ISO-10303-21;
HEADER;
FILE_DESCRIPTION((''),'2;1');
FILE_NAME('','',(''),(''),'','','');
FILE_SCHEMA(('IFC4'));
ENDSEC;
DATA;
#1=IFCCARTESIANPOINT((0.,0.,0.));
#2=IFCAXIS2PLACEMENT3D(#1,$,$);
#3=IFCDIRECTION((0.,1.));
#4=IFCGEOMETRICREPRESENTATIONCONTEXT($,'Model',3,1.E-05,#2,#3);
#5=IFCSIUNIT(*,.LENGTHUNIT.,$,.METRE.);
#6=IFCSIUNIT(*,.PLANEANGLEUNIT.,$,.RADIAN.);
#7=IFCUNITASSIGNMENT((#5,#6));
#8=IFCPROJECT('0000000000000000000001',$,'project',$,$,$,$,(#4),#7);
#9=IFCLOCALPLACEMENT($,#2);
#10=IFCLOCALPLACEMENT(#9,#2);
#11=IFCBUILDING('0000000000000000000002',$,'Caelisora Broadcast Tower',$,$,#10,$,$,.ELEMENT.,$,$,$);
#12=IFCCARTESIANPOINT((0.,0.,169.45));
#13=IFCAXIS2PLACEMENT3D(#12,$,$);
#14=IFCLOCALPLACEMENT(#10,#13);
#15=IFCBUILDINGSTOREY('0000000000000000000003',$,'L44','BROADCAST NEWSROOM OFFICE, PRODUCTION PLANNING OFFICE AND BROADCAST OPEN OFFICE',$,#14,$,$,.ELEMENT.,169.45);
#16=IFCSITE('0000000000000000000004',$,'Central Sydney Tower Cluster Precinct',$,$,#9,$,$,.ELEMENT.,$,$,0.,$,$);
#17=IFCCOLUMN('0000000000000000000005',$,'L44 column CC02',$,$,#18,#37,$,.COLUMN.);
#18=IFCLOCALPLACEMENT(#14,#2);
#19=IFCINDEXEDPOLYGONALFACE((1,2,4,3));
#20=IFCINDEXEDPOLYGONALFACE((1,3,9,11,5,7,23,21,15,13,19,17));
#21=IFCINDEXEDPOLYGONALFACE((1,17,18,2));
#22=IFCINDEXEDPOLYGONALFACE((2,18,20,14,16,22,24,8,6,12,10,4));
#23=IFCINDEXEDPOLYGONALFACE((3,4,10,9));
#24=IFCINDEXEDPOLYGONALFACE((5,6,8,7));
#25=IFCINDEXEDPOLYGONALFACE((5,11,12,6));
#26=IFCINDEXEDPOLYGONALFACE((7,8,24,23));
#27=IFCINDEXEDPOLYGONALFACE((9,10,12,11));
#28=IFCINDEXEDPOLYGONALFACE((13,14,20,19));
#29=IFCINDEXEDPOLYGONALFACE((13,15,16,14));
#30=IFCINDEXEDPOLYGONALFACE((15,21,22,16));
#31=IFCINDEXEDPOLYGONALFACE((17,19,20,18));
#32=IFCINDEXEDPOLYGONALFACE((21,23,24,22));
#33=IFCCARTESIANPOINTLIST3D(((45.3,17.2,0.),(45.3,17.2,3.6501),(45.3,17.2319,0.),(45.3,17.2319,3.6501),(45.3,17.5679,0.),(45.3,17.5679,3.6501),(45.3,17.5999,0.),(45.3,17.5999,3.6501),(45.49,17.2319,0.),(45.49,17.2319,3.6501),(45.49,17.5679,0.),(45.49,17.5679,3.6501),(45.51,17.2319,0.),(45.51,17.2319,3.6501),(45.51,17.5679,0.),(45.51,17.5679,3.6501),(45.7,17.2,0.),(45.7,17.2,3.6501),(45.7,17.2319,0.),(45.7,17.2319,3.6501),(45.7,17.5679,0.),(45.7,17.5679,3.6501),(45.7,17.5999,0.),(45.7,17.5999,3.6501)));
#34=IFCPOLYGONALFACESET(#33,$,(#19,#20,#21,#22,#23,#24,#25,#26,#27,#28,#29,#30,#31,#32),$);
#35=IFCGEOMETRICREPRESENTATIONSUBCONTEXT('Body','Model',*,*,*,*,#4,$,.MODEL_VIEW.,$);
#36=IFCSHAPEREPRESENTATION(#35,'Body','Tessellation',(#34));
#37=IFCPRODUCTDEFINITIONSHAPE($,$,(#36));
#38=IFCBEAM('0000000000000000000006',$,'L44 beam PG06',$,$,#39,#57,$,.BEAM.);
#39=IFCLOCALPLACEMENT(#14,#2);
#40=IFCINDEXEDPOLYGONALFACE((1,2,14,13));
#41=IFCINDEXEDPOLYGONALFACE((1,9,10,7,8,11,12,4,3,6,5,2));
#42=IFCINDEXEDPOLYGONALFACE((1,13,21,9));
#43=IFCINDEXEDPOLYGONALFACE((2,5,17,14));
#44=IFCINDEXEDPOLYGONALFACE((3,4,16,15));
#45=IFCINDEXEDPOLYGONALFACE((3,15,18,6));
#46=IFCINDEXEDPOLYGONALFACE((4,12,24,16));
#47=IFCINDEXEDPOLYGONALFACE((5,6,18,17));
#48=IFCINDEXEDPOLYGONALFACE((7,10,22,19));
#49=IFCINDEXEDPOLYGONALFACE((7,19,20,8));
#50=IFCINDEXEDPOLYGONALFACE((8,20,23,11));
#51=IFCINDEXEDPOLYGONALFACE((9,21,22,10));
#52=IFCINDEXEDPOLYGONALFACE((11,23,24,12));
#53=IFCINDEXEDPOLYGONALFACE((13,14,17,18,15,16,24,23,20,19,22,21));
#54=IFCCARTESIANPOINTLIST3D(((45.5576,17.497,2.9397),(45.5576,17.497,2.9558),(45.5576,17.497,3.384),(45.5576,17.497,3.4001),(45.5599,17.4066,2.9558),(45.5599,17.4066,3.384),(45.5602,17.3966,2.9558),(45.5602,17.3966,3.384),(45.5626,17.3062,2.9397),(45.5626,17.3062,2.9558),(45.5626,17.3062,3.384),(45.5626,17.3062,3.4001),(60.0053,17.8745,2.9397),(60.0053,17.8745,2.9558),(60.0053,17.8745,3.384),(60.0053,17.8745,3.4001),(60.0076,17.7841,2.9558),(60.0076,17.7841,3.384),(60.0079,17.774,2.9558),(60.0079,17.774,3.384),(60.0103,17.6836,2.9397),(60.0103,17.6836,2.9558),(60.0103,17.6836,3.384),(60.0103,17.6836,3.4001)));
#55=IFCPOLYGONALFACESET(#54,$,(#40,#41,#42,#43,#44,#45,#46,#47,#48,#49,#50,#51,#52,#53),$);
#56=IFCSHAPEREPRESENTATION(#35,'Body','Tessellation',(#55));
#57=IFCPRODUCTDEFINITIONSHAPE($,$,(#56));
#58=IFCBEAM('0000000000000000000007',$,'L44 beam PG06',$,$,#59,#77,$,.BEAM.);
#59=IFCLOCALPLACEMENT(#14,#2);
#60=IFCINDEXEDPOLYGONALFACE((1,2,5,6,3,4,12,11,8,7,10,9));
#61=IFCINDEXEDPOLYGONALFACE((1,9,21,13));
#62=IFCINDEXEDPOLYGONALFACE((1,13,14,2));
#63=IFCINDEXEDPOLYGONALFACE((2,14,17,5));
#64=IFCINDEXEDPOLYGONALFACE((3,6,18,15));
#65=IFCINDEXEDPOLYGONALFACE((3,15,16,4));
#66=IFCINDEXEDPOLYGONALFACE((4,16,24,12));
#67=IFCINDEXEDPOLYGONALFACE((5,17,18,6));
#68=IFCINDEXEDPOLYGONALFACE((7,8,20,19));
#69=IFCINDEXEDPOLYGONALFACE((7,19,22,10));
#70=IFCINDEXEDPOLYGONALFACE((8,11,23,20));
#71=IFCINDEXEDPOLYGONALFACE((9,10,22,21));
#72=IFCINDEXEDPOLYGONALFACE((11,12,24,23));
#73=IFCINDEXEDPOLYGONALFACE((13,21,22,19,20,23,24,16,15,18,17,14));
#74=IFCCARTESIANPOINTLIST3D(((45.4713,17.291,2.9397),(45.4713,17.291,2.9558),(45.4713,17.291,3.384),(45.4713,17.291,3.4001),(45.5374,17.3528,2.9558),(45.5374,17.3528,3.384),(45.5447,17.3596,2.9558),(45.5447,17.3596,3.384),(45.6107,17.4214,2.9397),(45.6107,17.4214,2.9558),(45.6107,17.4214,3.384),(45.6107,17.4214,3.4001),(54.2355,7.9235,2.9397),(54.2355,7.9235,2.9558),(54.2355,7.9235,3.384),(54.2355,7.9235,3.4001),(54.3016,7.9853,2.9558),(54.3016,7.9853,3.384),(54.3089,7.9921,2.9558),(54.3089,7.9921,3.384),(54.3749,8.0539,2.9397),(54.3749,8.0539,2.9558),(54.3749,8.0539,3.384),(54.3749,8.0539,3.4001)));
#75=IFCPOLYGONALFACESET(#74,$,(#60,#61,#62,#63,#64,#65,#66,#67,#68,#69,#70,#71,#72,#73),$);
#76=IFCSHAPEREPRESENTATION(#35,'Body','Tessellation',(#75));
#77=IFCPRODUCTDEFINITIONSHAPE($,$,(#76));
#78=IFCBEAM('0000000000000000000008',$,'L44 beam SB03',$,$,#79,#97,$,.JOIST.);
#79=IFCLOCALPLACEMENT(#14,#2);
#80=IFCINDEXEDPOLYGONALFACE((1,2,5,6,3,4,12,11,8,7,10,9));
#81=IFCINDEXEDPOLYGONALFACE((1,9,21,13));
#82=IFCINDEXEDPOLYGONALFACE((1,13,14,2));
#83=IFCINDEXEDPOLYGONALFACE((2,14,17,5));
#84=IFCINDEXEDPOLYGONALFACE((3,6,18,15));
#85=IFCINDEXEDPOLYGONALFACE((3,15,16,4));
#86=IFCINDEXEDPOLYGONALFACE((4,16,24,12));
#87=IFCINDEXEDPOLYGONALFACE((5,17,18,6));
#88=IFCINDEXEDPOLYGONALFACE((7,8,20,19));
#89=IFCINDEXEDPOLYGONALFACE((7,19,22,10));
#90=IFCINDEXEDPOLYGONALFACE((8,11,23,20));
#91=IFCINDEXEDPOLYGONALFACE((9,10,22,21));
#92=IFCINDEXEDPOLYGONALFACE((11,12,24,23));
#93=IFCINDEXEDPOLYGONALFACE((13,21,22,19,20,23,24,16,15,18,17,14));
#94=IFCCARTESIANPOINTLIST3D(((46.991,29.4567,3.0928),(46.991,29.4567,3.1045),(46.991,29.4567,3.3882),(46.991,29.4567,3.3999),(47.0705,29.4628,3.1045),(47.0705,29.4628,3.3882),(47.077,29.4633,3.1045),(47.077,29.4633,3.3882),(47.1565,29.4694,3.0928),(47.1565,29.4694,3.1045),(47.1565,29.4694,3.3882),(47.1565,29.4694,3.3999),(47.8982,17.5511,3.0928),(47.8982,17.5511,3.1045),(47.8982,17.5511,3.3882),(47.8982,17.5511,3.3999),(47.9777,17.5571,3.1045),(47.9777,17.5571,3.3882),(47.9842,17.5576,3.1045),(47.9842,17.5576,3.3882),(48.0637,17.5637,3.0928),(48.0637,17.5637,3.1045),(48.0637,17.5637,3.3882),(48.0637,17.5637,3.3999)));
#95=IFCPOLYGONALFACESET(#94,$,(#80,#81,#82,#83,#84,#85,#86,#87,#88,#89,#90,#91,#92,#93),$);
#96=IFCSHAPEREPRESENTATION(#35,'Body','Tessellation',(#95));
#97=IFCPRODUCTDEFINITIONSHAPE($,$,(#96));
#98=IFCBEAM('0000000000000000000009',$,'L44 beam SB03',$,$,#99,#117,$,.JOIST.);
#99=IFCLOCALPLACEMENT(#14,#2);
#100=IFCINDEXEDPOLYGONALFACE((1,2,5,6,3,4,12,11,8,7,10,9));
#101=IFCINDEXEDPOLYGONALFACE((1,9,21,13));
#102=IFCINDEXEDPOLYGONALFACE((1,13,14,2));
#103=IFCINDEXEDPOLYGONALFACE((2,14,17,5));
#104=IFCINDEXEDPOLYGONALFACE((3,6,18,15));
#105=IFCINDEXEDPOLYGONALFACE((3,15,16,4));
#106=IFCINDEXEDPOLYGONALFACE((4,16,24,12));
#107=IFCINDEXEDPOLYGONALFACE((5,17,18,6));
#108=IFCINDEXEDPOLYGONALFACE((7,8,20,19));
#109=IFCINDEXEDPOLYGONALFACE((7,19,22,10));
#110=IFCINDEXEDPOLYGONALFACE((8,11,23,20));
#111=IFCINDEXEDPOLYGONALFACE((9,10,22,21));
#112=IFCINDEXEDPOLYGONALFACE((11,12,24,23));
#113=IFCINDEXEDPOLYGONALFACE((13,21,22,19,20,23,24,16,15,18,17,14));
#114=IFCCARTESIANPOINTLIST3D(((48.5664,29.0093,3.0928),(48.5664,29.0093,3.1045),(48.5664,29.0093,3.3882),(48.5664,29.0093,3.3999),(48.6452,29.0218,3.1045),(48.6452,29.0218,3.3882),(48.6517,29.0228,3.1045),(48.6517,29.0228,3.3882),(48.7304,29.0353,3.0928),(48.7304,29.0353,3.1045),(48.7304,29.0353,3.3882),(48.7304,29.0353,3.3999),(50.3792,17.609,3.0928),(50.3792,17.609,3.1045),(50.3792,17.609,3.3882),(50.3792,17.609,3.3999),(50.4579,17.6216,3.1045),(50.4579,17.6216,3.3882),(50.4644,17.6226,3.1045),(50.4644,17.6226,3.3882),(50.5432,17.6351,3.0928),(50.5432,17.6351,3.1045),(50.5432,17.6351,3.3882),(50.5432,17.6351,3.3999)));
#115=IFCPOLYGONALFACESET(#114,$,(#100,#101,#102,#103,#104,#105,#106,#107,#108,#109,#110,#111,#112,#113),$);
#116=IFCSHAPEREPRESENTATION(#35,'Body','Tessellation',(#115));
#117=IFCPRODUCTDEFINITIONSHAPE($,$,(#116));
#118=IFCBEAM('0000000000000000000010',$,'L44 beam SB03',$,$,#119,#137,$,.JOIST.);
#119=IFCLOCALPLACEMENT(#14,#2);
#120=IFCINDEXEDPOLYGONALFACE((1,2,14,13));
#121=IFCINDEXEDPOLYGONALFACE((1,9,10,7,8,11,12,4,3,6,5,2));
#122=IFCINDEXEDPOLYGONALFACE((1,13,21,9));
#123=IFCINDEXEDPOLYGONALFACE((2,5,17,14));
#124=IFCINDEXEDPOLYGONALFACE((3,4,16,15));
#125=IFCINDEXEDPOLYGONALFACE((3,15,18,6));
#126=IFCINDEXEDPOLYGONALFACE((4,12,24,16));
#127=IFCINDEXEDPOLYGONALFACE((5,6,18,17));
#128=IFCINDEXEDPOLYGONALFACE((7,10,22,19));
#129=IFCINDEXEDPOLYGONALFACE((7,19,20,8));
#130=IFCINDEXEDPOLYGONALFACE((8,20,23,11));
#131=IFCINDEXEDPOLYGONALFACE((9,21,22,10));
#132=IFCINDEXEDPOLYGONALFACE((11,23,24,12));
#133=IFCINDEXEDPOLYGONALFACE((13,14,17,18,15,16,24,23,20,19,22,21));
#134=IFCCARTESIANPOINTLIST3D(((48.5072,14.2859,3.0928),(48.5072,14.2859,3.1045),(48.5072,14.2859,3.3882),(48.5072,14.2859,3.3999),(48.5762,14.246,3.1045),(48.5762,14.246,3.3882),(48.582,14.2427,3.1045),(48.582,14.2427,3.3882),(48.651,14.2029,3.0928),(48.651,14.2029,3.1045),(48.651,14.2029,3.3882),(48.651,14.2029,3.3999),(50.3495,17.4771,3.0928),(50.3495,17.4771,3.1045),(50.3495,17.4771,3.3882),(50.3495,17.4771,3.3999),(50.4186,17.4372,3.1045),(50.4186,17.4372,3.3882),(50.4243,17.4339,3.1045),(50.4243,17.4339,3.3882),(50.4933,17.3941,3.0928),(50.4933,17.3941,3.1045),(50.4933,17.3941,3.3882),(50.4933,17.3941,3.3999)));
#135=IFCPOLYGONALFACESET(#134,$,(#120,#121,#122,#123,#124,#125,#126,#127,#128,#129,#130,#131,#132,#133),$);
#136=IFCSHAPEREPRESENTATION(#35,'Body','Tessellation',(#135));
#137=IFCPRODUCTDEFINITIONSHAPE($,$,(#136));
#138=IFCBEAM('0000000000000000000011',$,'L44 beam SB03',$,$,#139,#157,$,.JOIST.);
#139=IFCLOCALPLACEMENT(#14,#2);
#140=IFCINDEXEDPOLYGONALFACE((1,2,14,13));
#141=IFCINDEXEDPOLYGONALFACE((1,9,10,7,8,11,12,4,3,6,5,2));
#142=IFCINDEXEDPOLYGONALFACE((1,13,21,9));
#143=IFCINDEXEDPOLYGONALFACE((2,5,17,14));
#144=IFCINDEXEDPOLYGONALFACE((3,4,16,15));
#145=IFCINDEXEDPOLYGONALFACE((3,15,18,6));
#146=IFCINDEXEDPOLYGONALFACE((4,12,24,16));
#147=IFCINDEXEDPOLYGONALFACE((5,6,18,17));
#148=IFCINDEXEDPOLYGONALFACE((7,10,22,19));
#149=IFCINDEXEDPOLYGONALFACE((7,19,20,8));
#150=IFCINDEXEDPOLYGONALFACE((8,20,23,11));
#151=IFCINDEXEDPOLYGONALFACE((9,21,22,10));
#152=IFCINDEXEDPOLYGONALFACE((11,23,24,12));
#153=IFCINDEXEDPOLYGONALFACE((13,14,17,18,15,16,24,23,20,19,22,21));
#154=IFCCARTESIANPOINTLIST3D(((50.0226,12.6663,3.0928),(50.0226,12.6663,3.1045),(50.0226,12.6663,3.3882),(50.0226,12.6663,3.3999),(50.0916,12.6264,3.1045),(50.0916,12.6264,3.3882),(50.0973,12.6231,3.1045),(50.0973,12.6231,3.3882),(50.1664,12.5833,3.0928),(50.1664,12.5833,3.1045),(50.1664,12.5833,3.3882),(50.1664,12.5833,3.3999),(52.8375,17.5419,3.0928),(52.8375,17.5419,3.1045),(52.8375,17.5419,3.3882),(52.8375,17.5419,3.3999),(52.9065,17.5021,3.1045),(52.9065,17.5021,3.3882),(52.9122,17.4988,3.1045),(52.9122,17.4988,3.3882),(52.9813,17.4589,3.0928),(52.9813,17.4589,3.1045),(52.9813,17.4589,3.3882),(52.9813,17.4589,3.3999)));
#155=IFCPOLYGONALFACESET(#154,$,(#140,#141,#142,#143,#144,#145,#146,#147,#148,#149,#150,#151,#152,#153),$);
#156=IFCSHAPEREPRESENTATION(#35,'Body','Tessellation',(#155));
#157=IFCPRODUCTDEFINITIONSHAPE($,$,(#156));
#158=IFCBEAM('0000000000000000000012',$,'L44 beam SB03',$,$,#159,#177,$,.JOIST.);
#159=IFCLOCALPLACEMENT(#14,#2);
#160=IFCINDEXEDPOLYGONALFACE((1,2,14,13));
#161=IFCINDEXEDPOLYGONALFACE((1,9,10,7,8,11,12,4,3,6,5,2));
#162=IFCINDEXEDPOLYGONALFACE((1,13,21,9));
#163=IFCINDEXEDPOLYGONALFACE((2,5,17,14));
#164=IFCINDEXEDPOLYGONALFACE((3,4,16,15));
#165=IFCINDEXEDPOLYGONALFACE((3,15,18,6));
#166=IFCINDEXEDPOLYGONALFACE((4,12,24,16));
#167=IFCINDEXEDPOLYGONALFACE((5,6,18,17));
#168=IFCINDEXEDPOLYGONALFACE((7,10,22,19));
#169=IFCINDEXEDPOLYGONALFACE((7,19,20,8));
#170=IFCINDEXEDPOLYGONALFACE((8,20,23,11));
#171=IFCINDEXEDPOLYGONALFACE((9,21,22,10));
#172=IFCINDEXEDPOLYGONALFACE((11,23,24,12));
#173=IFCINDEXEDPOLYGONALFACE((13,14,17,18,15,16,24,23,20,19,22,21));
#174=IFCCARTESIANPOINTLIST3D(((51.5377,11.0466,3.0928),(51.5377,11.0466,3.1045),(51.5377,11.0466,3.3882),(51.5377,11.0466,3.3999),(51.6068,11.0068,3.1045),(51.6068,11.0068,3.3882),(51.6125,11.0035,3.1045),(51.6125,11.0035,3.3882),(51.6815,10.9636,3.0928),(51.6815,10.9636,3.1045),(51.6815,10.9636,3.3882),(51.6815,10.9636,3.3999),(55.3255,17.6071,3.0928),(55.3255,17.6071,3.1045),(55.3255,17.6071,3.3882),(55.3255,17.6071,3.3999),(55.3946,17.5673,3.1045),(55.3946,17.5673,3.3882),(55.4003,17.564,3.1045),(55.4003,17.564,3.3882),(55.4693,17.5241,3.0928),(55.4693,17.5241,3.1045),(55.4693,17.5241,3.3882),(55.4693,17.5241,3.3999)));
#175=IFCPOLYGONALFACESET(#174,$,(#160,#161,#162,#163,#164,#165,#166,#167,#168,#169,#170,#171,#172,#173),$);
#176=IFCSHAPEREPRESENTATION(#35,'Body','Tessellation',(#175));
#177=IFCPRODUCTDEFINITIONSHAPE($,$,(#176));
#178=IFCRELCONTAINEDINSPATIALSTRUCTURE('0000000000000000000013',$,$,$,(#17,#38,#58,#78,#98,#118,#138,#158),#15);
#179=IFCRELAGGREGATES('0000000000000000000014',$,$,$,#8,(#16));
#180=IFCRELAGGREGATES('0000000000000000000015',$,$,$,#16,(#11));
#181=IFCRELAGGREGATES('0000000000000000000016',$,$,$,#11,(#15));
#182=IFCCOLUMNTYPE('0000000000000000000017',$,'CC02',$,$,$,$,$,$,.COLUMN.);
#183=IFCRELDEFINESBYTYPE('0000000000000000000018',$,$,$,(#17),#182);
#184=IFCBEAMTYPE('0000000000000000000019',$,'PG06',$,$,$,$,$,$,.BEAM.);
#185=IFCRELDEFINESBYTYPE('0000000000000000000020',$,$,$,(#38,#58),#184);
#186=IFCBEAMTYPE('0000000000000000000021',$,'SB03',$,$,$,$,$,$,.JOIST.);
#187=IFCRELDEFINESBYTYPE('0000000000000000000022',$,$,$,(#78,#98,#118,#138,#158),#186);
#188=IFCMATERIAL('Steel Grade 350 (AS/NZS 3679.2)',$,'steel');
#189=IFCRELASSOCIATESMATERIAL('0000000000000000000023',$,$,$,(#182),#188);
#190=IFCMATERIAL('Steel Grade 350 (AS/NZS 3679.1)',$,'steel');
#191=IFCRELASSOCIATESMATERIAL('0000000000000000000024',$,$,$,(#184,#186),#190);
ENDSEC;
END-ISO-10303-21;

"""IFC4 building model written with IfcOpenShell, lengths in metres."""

from ifc_helpers import new_model, si_unit, direction, frame, origin, origin_2d, place, context, subcontext, project, spatial, i_section, extrude, source, transform, mapped, material, material_profile, profile_set, type_object, type_shapes, element, save


model = new_model("IFC4")

# Units and contexts
model_context = context("Model", 3, precision=1e-05, world=origin(), true_north=direction((0.0, 1.0)))
body_context = subcontext(model_context, "Body", "Model", "MODEL_VIEW")
ifc_project = project(units=[si_unit("LENGTHUNIT", "METRE"), si_unit("PLANEANGLEUNIT", "RADIAN")], contexts=[model_context])

# Site, building, storey
site_placement = place(None, origin())
site = spatial("IfcSite", under=ifc_project, at=site_placement, Name="Central Sydney Tower Cluster Precinct", CompositionType="ELEMENT", RefElevation=0.0)
building_placement = place(site_placement, origin())
building = spatial("IfcBuilding", under=site, at=building_placement, Name="Caelisora Broadcast Tower", CompositionType="ELEMENT")
storey_placement = place(building_placement, frame((0.0, 0.0, 169.45)))
storey = spatial("IfcBuildingStorey", under=building, at=storey_placement, Name="L44", Description="BROADCAST NEWSROOM OFFICE, PRODUCTION PLANNING OFFICE AND BROADCAST OPEN OFFICE", CompositionType="ELEMENT", Elevation=169.45)

# Column
ifc_material_1 = material(Name="Steel Grade 350 (AS/NZS 3679.2)", Category="steel")
ifc_material_profile_1 = material_profile(ifc_material_1, i_section(OverallWidth=0.3999, OverallDepth=0.3999, WebThickness=0.02, FlangeThickness=0.032, at=origin_2d()), Name="Steel Grade 350 (AS/NZS 3679.2)")
ifc_profile_set_1 = profile_set([ifc_material_profile_1], Name="Steel Grade 350 (AS/NZS 3679.2)")
column_type = type_object("IfcColumnType", Name="CC02", PredefinedType="COLUMN", material=ifc_profile_set_1)
shared_shape_1 = source(origin(), body_context, "Body", "SweptSolid", [
    extrude(i_section(OverallWidth=0.3999, OverallDepth=0.3999, WebThickness=0.02, FlangeThickness=0.032, at=origin_2d()), origin(), (0.0, 0.0, 1.0), 3.6501),
])
type_shapes(column_type, [shared_shape_1])
column_placement = place(storey_placement, frame((45.5, 17.3999, 0.0), z_axis=(0.0, 0.0, 1.0), x_axis=(1.0, 0.0, 0.0)))
element("IfcColumn", 1, at=column_placement, inside=storey, type_object=column_type, Name="L44 column CC02", PredefinedType="COLUMN", context=body_context, shape_type="MappedRepresentation", body=[
    mapped(shared_shape_1, transform((0.0, 0.0, 0.0), scale=1.0)),
])

# Beams
ifc_material_2 = material(Name="Steel Grade 350 (AS/NZS 3679.1)", Category="steel")
ifc_material_profile_2 = material_profile(ifc_material_2, i_section(OverallWidth=0.1909, OverallDepth=0.4604, WebThickness=0.01, FlangeThickness=0.0161, at=origin_2d()), Name="Steel Grade 350 (AS/NZS 3679.1)")
ifc_profile_set_2 = profile_set([ifc_material_profile_2], Name="Steel Grade 350 (AS/NZS 3679.1)")
beam_type_1 = type_object("IfcBeamType", Name="PG06", PredefinedType="BEAM", material=ifc_profile_set_2)
shared_shape_2 = source(origin(), body_context, "Body", "SweptSolid", [
    extrude(i_section(OverallWidth=0.1909, OverallDepth=0.4604, WebThickness=0.01, FlangeThickness=0.0161, at=origin_2d()), origin(), (0.0, 0.0, 1.0), 14.4526),
])
beam_1_placement = place(storey_placement, frame((45.5601, 17.4016, 3.1699), z_axis=(0.999659, 0.026116, 0.0), x_axis=(-0.026116, 0.999659, 0.0)))
element("IfcBeam", 2, at=beam_1_placement, inside=storey, type_object=beam_type_1, Name="L44 beam PG06", PredefinedType="BEAM", context=body_context, shape_type="MappedRepresentation", body=[
    mapped(shared_shape_2, transform((0.0, 0.0, 0.0), scale=1.0)),
])
shared_shape_3 = source(origin(), body_context, "Body", "SweptSolid", [
    extrude(i_section(OverallWidth=0.1909, OverallDepth=0.4604, WebThickness=0.01, FlangeThickness=0.0161, at=origin_2d()), origin(), (0.0, 0.0, 1.0), 12.8281),
])
type_shapes(beam_type_1, [shared_shape_2, shared_shape_3])
beam_2_placement = place(storey_placement, frame((45.541, 17.3562, 3.1699), z_axis=(0.683202, -0.730229, 0.0), x_axis=(0.730229, 0.683202, 0.0)))
element("IfcBeam", 3, at=beam_2_placement, inside=storey, type_object=beam_type_1, Name="L44 beam PG06", PredefinedType="BEAM", context=body_context, shape_type="MappedRepresentation", body=[
    mapped(shared_shape_3, transform((0.0, 0.0, 0.0), scale=1.0)),
])
ifc_material_profile_3 = material_profile(ifc_material_2, i_section(OverallWidth=0.166, OverallDepth=0.3071, WebThickness=0.0066, FlangeThickness=0.0117, at=origin_2d()), Name="Steel Grade 350 (AS/NZS 3679.1)")
ifc_profile_set_3 = profile_set([ifc_material_profile_3], Name="Steel Grade 350 (AS/NZS 3679.1)")
beam_type_2 = type_object("IfcBeamType", Name="SB03", PredefinedType="JOIST", material=ifc_profile_set_3)
shared_shape_4 = source(origin(), body_context, "Body", "SweptSolid", [
    extrude(i_section(OverallWidth=0.166, OverallDepth=0.3071, WebThickness=0.0066, FlangeThickness=0.0117, at=origin_2d()), origin(), (0.0, 0.0, 1.0), 11.9402),
])
beam_3_placement = place(storey_placement, frame((47.981, 17.5574, 3.2463), z_axis=(-0.07598, 0.997109, 0.0), x_axis=(-0.997109, -0.07598, 0.0)))
element("IfcBeam", 4, at=beam_3_placement, inside=storey, type_object=beam_type_2, Name="L44 beam SB03", PredefinedType="JOIST", context=body_context, shape_type="MappedRepresentation", body=[
    mapped(shared_shape_4, transform((0.0, 0.0, 0.0), scale=1.0)),
])
shared_shape_5 = source(origin(), body_context, "Body", "SweptSolid", [
    extrude(i_section(OverallWidth=0.166, OverallDepth=0.3071, WebThickness=0.0066, FlangeThickness=0.0117, at=origin_2d()), origin(), (0.0, 0.0, 1.0), 11.5435),
])
beam_4_placement = place(storey_placement, frame((50.4612, 17.6221, 3.2463), z_axis=(-0.157038, 0.987593, 0.0), x_axis=(-0.987593, -0.157038, 0.0)))
element("IfcBeam", 5, at=beam_4_placement, inside=storey, type_object=beam_type_2, Name="L44 beam SB03", PredefinedType="JOIST", context=body_context, shape_type="MappedRepresentation", body=[
    mapped(shared_shape_5, transform((0.0, 0.0, 0.0), scale=1.0)),
])
shared_shape_6 = source(origin(), body_context, "Body", "SweptSolid", [
    extrude(i_section(OverallWidth=0.166, OverallDepth=0.3071, WebThickness=0.0066, FlangeThickness=0.0117, at=origin_2d()), origin(), (0.0, 0.0, 1.0), 3.6848),
])
beam_5_placement = place(storey_placement, frame((48.5791, 14.2444, 3.2463), z_axis=(0.499973, 0.866041, 0.0), x_axis=(-0.866041, 0.499973, 0.0)))
element("IfcBeam", 6, at=beam_5_placement, inside=storey, type_object=beam_type_2, Name="L44 beam SB03", PredefinedType="JOIST", context=body_context, shape_type="MappedRepresentation", body=[
    mapped(shared_shape_6, transform((0.0, 0.0, 0.0), scale=1.0)),
])
shared_shape_7 = source(origin(), body_context, "Body", "SweptSolid", [
    extrude(i_section(OverallWidth=0.166, OverallDepth=0.3071, WebThickness=0.0066, FlangeThickness=0.0117, at=origin_2d()), origin(), (0.0, 0.0, 1.0), 5.6299),
])
beam_6_placement = place(storey_placement, frame((50.0945, 12.6248, 3.2463), z_axis=(0.499991, 0.86603, 0.0), x_axis=(-0.86603, 0.499991, 0.0)))
element("IfcBeam", 7, at=beam_6_placement, inside=storey, type_object=beam_type_2, Name="L44 beam SB03", PredefinedType="JOIST", context=body_context, shape_type="MappedRepresentation", body=[
    mapped(shared_shape_7, transform((0.0, 0.0, 0.0), scale=1.0)),
])
shared_shape_8 = source(origin(), body_context, "Body", "SweptSolid", [
    extrude(i_section(OverallWidth=0.166, OverallDepth=0.3071, WebThickness=0.0066, FlangeThickness=0.0117, at=origin_2d()), origin(), (0.0, 0.0, 1.0), 7.5754),
])
type_shapes(beam_type_2, [shared_shape_4, shared_shape_5, shared_shape_6, shared_shape_7, shared_shape_8])
beam_7_placement = place(storey_placement, frame((51.6096, 11.0051, 3.2463), z_axis=(0.500011, 0.866019, 0.0), x_axis=(-0.866019, 0.500011, 0.0)))
element("IfcBeam", 8, at=beam_7_placement, inside=storey, type_object=beam_type_2, Name="L44 beam SB03", PredefinedType="JOIST", context=body_context, shape_type="MappedRepresentation", body=[
    mapped(shared_shape_8, transform((0.0, 0.0, 0.0), scale=1.0)),
])

save(model, "model.ifc")
